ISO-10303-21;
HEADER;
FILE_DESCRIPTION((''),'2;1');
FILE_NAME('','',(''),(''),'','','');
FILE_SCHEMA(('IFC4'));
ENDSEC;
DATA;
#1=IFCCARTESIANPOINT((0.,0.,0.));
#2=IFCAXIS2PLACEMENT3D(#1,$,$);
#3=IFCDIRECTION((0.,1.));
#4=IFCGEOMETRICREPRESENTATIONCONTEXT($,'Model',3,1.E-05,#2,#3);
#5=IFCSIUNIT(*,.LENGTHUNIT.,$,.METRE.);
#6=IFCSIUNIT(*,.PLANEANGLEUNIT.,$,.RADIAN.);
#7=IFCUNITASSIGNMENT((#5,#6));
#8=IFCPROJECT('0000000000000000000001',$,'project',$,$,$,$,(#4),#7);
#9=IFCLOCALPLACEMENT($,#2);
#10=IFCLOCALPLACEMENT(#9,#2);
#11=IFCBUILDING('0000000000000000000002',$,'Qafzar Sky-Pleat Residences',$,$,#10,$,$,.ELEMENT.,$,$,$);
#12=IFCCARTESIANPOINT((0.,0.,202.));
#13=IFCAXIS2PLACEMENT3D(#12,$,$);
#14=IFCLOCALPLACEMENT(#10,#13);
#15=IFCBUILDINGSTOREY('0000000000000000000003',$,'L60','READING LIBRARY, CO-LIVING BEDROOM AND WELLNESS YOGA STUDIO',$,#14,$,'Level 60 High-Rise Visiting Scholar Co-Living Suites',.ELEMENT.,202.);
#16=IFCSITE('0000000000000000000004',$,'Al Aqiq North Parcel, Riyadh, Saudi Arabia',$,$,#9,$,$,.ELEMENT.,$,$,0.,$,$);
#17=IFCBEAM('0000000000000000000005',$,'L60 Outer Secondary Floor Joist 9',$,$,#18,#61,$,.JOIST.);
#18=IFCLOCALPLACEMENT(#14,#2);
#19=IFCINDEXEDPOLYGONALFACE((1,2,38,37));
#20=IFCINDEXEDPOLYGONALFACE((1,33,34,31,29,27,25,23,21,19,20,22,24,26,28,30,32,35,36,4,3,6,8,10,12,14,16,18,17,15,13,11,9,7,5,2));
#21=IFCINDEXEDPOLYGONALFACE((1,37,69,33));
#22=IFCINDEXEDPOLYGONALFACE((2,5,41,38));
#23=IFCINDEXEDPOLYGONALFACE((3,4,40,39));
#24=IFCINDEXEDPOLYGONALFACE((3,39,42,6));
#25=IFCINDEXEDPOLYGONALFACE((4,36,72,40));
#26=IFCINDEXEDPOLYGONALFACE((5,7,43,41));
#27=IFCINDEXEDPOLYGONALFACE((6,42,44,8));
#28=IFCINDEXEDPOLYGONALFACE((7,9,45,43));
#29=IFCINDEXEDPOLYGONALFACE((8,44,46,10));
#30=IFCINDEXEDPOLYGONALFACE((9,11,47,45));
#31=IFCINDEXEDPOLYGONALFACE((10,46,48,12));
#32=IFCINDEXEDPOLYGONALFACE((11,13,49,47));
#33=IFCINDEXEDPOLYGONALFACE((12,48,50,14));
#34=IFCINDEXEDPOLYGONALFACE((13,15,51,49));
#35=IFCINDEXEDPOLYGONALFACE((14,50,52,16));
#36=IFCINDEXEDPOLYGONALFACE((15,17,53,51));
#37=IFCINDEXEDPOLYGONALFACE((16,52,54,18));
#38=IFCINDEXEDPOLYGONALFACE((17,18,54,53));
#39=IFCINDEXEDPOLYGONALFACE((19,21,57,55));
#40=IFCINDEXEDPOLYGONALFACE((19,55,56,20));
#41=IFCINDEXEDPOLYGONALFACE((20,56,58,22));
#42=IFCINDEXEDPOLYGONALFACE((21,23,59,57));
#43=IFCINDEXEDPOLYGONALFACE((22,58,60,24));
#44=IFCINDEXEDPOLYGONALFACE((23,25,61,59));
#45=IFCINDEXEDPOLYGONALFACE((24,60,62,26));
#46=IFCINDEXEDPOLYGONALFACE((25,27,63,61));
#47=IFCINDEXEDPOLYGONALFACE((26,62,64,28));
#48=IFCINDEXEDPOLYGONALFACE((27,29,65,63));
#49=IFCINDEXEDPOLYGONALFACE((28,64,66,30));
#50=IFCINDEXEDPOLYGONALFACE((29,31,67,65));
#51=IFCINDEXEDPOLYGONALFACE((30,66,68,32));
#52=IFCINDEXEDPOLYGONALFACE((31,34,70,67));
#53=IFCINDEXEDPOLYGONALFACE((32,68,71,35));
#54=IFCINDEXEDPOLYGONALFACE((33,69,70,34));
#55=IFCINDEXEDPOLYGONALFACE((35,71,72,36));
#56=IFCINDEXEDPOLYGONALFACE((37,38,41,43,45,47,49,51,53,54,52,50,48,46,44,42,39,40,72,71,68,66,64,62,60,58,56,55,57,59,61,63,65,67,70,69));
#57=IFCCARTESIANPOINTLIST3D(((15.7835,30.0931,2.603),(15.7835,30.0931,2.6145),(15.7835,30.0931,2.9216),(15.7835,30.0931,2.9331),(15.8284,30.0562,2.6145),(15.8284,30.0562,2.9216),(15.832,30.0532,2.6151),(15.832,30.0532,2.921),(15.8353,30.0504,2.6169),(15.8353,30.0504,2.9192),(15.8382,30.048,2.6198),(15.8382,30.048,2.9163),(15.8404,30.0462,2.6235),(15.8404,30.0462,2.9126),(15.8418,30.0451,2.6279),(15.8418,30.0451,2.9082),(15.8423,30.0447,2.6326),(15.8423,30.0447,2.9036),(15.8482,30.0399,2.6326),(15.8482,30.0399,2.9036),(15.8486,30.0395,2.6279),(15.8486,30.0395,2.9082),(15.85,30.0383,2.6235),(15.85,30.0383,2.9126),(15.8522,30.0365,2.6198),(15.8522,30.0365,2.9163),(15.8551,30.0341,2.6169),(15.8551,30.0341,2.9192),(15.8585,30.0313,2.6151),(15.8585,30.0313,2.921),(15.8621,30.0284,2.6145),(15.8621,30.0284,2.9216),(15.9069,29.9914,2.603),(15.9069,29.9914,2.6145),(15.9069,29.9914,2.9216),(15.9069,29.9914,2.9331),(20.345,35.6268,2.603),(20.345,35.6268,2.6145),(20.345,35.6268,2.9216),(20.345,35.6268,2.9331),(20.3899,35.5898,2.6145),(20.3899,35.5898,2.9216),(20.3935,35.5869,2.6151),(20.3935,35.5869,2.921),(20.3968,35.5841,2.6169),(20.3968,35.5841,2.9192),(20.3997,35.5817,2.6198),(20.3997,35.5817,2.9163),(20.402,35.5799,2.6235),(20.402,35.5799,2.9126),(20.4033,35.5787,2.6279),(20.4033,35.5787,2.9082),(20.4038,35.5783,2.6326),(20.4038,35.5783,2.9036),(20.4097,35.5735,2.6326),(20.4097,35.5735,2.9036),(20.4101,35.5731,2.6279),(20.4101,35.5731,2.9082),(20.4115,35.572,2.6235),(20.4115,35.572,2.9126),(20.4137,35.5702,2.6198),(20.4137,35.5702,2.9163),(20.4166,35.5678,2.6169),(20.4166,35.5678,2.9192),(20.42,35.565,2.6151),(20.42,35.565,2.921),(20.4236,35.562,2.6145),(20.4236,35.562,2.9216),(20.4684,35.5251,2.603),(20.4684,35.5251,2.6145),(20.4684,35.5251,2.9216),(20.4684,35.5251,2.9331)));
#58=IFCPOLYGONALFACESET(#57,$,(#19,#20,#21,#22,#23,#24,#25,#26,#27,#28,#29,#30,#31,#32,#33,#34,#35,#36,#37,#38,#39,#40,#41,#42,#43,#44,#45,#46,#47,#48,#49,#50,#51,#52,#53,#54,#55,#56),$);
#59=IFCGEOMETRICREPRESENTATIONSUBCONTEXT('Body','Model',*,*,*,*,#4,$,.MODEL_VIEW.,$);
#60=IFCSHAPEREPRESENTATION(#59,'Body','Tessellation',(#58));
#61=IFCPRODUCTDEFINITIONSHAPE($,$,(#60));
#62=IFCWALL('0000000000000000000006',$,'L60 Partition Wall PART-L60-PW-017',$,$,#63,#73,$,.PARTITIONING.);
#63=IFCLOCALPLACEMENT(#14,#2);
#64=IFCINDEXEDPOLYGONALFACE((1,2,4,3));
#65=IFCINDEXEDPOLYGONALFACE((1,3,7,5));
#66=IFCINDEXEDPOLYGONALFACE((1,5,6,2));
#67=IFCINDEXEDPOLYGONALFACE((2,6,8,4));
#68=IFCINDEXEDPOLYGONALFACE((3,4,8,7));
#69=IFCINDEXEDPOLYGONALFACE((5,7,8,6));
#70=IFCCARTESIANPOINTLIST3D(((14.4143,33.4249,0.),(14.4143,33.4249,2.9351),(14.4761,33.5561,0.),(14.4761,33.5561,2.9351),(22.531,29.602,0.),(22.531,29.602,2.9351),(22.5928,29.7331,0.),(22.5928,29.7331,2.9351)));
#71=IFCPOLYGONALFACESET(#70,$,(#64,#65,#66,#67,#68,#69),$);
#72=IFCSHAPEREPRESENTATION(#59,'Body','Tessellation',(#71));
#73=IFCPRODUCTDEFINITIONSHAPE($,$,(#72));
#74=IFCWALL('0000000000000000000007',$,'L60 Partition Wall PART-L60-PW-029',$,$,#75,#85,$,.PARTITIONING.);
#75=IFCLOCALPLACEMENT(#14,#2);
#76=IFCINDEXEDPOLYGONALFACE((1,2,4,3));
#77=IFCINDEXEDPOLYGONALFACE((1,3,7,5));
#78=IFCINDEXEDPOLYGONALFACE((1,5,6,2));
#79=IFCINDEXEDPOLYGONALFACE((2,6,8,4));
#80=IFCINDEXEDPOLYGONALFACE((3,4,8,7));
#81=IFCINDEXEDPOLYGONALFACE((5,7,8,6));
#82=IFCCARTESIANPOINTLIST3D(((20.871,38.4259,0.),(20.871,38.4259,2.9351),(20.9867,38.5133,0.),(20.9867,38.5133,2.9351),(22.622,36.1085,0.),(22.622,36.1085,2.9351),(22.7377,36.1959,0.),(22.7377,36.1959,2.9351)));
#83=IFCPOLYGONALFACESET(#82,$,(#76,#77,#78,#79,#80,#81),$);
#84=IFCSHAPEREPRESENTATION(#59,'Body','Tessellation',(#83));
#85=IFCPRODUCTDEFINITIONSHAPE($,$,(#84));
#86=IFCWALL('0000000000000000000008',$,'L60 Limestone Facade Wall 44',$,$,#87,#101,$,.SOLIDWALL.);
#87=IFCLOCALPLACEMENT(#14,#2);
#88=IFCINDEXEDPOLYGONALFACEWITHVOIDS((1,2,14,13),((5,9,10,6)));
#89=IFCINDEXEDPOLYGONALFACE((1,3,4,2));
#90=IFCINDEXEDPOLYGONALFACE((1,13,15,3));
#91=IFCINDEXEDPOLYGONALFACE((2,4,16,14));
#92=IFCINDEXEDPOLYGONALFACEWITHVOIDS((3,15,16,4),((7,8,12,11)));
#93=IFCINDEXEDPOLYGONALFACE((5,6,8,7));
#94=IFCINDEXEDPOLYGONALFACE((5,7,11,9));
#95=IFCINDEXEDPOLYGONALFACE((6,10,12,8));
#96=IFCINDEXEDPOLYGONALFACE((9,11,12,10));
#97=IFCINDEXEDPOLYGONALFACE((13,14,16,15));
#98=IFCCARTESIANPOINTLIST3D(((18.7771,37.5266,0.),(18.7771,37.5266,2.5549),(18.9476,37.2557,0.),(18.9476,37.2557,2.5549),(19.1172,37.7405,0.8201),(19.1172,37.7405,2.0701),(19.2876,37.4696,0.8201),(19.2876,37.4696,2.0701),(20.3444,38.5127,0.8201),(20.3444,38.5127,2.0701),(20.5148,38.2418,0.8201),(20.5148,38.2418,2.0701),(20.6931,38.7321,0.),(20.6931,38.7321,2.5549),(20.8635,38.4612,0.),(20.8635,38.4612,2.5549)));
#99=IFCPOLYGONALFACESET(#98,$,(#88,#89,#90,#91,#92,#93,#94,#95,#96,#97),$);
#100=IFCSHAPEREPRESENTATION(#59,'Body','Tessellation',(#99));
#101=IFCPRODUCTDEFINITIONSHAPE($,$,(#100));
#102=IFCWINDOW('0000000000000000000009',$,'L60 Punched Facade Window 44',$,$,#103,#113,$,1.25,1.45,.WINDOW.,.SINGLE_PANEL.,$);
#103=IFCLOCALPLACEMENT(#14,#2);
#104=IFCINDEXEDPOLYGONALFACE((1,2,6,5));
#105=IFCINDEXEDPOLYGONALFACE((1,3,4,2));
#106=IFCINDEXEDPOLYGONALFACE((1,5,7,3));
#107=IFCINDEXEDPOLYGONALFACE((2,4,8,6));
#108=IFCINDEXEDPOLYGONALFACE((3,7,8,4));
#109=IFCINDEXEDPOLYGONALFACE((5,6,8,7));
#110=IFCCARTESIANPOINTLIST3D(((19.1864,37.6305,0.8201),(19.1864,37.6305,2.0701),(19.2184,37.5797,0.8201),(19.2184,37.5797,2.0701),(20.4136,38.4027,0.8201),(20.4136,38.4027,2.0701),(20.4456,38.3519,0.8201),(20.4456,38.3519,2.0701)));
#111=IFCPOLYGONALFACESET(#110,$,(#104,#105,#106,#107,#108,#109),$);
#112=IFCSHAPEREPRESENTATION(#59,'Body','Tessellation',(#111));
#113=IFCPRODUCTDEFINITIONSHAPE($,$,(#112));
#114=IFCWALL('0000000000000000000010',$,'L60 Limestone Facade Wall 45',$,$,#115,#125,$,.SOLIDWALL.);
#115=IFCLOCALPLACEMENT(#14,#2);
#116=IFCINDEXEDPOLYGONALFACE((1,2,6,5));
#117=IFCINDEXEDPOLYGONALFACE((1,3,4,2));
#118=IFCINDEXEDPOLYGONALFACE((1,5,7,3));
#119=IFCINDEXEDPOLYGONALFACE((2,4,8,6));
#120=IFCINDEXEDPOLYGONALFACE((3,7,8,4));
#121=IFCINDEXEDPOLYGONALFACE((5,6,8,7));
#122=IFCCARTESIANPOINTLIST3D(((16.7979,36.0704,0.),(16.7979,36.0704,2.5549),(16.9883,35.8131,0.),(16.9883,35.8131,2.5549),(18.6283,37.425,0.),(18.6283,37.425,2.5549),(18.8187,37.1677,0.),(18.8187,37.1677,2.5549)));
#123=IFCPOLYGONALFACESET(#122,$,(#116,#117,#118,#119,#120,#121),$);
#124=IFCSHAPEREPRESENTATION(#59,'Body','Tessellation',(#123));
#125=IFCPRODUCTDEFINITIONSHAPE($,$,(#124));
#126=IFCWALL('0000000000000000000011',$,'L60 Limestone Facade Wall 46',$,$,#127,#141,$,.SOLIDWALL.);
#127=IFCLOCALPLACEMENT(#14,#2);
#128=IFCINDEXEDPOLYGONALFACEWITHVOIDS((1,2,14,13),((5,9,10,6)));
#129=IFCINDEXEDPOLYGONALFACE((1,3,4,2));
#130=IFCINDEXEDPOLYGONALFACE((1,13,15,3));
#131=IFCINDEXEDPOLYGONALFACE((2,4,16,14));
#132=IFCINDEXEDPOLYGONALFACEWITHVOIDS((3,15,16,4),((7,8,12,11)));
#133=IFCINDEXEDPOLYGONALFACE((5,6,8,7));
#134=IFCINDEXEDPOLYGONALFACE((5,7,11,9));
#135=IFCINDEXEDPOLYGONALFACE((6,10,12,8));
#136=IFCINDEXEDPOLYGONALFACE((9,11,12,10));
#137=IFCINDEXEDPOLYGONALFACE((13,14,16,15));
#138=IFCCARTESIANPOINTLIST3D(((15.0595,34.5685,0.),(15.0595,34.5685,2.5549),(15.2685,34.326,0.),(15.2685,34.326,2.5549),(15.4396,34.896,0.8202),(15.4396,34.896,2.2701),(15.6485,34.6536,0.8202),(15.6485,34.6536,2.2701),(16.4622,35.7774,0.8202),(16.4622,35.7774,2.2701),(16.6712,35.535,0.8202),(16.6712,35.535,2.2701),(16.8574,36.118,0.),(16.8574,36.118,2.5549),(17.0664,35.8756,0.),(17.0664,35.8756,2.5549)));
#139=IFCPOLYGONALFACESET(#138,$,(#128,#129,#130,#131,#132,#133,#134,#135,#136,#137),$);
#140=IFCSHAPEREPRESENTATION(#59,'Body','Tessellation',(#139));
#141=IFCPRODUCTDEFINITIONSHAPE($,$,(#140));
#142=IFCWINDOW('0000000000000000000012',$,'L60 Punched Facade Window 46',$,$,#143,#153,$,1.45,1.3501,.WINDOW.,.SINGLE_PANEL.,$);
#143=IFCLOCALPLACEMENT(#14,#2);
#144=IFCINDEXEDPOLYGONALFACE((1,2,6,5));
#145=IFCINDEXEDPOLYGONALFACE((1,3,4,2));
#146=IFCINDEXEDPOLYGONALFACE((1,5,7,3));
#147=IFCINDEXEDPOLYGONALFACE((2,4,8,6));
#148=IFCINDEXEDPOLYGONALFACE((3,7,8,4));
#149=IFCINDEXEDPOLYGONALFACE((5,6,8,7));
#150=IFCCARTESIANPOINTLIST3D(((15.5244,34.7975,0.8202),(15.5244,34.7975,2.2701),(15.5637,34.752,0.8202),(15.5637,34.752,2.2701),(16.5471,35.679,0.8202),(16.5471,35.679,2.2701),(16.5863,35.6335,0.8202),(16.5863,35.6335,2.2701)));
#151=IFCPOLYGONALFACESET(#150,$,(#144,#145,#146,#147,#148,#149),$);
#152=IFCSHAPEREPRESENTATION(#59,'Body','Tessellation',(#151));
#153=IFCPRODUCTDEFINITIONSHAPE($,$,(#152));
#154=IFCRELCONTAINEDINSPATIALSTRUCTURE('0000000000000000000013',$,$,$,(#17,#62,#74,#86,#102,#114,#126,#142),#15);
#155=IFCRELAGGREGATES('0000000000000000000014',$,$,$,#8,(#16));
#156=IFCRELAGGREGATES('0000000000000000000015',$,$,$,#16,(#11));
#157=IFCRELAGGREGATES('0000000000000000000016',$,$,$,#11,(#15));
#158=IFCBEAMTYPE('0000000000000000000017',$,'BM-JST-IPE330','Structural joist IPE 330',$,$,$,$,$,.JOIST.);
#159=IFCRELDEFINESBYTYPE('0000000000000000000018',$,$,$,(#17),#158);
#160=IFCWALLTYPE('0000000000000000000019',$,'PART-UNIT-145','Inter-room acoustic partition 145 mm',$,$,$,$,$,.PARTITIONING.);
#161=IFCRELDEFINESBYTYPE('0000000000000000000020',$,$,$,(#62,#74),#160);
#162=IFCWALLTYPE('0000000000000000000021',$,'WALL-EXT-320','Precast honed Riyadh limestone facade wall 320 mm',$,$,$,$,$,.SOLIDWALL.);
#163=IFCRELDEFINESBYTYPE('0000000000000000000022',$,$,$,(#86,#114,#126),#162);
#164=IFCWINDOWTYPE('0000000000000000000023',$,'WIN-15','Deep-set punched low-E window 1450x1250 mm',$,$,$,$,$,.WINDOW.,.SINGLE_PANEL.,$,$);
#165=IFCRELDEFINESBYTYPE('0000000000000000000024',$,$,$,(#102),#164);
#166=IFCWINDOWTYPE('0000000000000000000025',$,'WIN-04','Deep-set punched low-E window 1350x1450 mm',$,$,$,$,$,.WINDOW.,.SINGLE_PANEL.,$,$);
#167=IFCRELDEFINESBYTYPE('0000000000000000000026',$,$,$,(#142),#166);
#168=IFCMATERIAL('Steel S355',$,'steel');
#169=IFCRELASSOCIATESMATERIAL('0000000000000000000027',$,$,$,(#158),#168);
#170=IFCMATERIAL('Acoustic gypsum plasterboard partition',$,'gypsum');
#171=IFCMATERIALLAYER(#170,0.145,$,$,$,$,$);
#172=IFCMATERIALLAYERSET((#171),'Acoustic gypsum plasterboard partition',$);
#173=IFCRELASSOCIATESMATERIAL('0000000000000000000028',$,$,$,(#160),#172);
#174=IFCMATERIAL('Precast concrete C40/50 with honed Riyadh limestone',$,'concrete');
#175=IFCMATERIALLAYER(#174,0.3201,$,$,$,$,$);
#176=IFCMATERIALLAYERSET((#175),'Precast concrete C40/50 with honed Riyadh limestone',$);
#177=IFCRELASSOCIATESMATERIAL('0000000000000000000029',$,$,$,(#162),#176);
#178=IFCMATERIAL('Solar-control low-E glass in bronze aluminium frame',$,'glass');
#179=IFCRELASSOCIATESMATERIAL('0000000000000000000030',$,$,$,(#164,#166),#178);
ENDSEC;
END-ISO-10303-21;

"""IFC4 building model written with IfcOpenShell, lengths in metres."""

from ifc_helpers import new_model, si_unit, direction, frame, frame_2d, origin, origin_2d, place, context, subcontext, project, spatial, rectangle, i_section, extrude, source, transform, mapped, material, layer, layer_set, material_profile, profile_set, type_object, element, fill, save


model = new_model("IFC4")

# Units and contexts
model_context = context("Model", 3, precision=1e-05, world=origin(), true_north=direction((0.0, 1.0)))
body_context = subcontext(model_context, "Body", "Model", "MODEL_VIEW")
ifc_project = project(units=[si_unit("LENGTHUNIT", "METRE"), si_unit("PLANEANGLEUNIT", "RADIAN")], contexts=[model_context])

# Site, building, storey
site_placement = place(None, origin())
site = spatial("IfcSite", under=ifc_project, at=site_placement, Name="Al Aqiq North Parcel, Riyadh, Saudi Arabia", CompositionType="ELEMENT", RefElevation=0.0)
building_placement = place(site_placement, origin())
building = spatial("IfcBuilding", under=site, at=building_placement, Name="Qafzar Sky-Pleat Residences", CompositionType="ELEMENT")
storey_placement = place(building_placement, frame((0.0, 0.0, 202.0)))
storey = spatial("IfcBuildingStorey", under=building, at=storey_placement, Name="L60", Description="READING LIBRARY, CO-LIVING BEDROOM AND WELLNESS YOGA STUDIO", LongName="Level 60 High-Rise Visiting Scholar Co-Living Suites", CompositionType="ELEMENT", Elevation=202.0)

# Shared definitions
ifc_material_1 = material(Name="Steel S355", Category="steel")

# Beam
ifc_material_profile_1 = material_profile(ifc_material_1, i_section(OverallWidth=0.1599, OverallDepth=0.3301, WebThickness=0.0076, FlangeThickness=0.0115, FilletRadius=0.0181, at=origin_2d()), Name="IPE 330")
ifc_profile_set_1 = profile_set([ifc_material_profile_1], Name="Steel S355")
beam_type_1 = type_object("IfcBeamType", Name="BM-JST-IPE330", Description="Structural joist IPE 330", PredefinedType="JOIST", material=ifc_profile_set_1)
shared_shape_1 = source(origin(), body_context, "Body", "SweptSolid", [
    extrude(i_section(OverallWidth=0.1599, OverallDepth=0.3301, WebThickness=0.0076, FlangeThickness=0.0115, FilletRadius=0.0181, at=origin_2d()), origin(), (0.0, 0.0, 1.0), 7.1714),
])
beam_1_placement = place(storey_placement, frame((20.4067, 35.5759, 2.7681), z_axis=(-0.63607, -0.771631, 0.0), x_axis=(0.771631, -0.63607, 0.0)))
element("IfcBeam", 1, at=beam_1_placement, inside=storey, type_object=beam_type_1, Name="L60 Outer Secondary Floor Joist 9", PredefinedType="JOIST", context=body_context, shape_type="MappedRepresentation", body=[
    mapped(shared_shape_1, transform((0.0, 0.0, 0.0), x_axis=(1.0, 0.0, 0.0), y_axis=(0.0, 1.0, 0.0), z_axis=(0.0, 0.0, 1.0), scale=1.0)),
])

# Walls
ifc_material_2 = material(Name="Acoustic gypsum plasterboard partition", Category="gypsum")
ifc_layer_1 = layer(ifc_material_2, 0.145)
ifc_layer_set_1 = layer_set([ifc_layer_1], Name="Acoustic gypsum plasterboard partition")
wall_type_1 = type_object("IfcWallType", Name="PART-UNIT-145", Description="Inter-room acoustic partition 145 mm", PredefinedType="PARTITIONING", material=ifc_layer_set_1)
wall_1_placement = place(storey_placement, frame((14.4453, 33.4905, 0.0), z_axis=(0.0, 0.0, 1.0), x_axis=(0.904674, -0.426105, 0.0)))
element("IfcWall", 2, at=wall_1_placement, inside=storey, type_object=wall_type_1, Name="L60 Partition Wall PART-L60-PW-017", PredefinedType="PARTITIONING", context=body_context, shape_type="SweptSolid", body=[
    extrude(rectangle(XDim=8.9719, YDim=0.145, at=frame_2d((4.4858, 0.0))), origin(), (0.0, 0.0, 1.0), 2.9351),
])
wall_2_placement = place(storey_placement, frame((20.929, 38.4695, 0.0), z_axis=(0.0, 0.0, 1.0), x_axis=(0.602847, -0.797857, 0.0)))
element("IfcWall", 3, at=wall_2_placement, inside=storey, type_object=wall_type_1, Name="L60 Partition Wall PART-L60-PW-029", PredefinedType="PARTITIONING", context=body_context, shape_type="SweptSolid", body=[
    extrude(rectangle(XDim=2.9045, YDim=0.145, at=frame_2d((1.4521, 0.0))), origin(), (0.0, 0.0, 1.0), 2.9351),
])

# Wall, opening, window
ifc_material_3 = material(Name="Precast concrete C40/50 with honed Riyadh limestone", Category="concrete")
ifc_layer_2 = layer(ifc_material_3, 0.3201)
ifc_layer_set_2 = layer_set([ifc_layer_2], Name="Precast concrete C40/50 with honed Riyadh limestone")
wall_type_2 = type_object("IfcWallType", Name="WALL-EXT-320", Description="Precast honed Riyadh limestone facade wall 320 mm", PredefinedType="SOLIDWALL", material=ifc_layer_set_2)
wall_3_placement = place(storey_placement, frame((20.7783, 38.5967, 0.0), z_axis=(0.0, 0.0, 1.0), x_axis=(-0.846395, -0.532556, 0.0)))
wall_3 = element("IfcWall", 4, at=wall_3_placement, inside=storey, type_object=wall_type_2, Name="L60 Limestone Facade Wall 44", PredefinedType="SOLIDWALL", context=body_context, shape_type="SweptSolid", body=[
    extrude(rectangle(XDim=2.2637, YDim=0.3201, at=frame_2d((1.1318, 0.0))), origin(), (0.0, 0.0, 1.0), 2.5549),
])
opening_1_placement = place(wall_3_placement, frame((0.4119, 0.0, 0.8201)))
opening_1 = element("IfcOpeningElement", 5, at=opening_1_placement, cuts=wall_3, PredefinedType="OPENING", context=body_context, shape_type="SweptSolid", body=[
    extrude(rectangle(XDim=1.45, YDim=1.25, at=frame_2d((0.7251, 0.625))), frame((0.0, 0.1699, 0.0), z_axis=(0.0, -1.0, 0.0), x_axis=(1.0, 0.0, 0.0)), (0.0, 0.0, 1.0), 0.3401),
])
ifc_material_4 = material(Name="Solar-control low-E glass in bronze aluminium frame", Category="glass")
window_type_1 = type_object("IfcWindowType", Name="WIN-15", Description="Deep-set punched low-E window 1450x1250 mm", PartitioningType="SINGLE_PANEL", PredefinedType="WINDOW", material=ifc_material_4)
shared_shape_2 = source(origin(), body_context, "Body", "SweptSolid", [
    extrude(rectangle(XDim=1.45, YDim=1.25, at=frame_2d((0.7251, 0.625))), frame((0.0, 0.03, 0.0), z_axis=(0.0, -1.0, 0.0), x_axis=(1.0, 0.0, 0.0)), (0.0, 0.0, 1.0), 0.0601),
])
window_1_placement = place(opening_1_placement, origin())
window_1 = element("IfcWindow", 6, at=window_1_placement, inside=storey, type_object=window_type_1, Name="L60 Punched Facade Window 44", OverallHeight=1.25, OverallWidth=1.45, PartitioningType="SINGLE_PANEL", PredefinedType="WINDOW", context=body_context, shape_type="MappedRepresentation", body=[
    mapped(shared_shape_2, transform((0.0, 0.0, 0.0), x_axis=(1.0, 0.0, 0.0), y_axis=(0.0, 1.0, 0.0), z_axis=(0.0, 0.0, 1.0), scale=1.0)),
])
fill(opening_1, window_1)

# Wall
wall_4_placement = place(storey_placement, frame((18.7236, 37.2964, 0.0), z_axis=(0.0, 0.0, 1.0), x_axis=(-0.803831, -0.594858, 0.0)))
element("IfcWall", 7, at=wall_4_placement, inside=storey, type_object=wall_type_2, Name="L60 Limestone Facade Wall 45", PredefinedType="SOLIDWALL", context=body_context, shape_type="SweptSolid", body=[
    extrude(rectangle(XDim=2.2771, YDim=0.3201, at=frame_2d((1.1387, 0.0))), origin(), (0.0, 0.0, 1.0), 2.5549),
])

# Wall, opening, window
wall_5_placement = place(storey_placement, frame((16.9619, 35.9968, 0.0), z_axis=(0.0, 0.0, 1.0), x_axis=(-0.757475, -0.652864, 0.0)))
wall_5 = element("IfcWall", 8, at=wall_5_placement, inside=storey, type_object=wall_type_2, Name="L60 Limestone Facade Wall 46", PredefinedType="SOLIDWALL", context=body_context, shape_type="SweptSolid", body=[
    extrude(rectangle(XDim=2.3735, YDim=0.3201, at=frame_2d((1.1868, 0.0))), origin(), (0.0, 0.0, 1.0), 2.5549),
])
opening_2_placement = place(wall_5_placement, frame((0.5217, 0.0, 0.8201)))
opening_2 = element("IfcOpeningElement", 9, at=opening_2_placement, cuts=wall_5, PredefinedType="OPENING", context=body_context, shape_type="SweptSolid", body=[
    extrude(rectangle(XDim=1.3501, YDim=1.45, at=frame_2d((0.675, 0.7251))), frame((0.0, 0.1699, 0.0), z_axis=(0.0, -1.0, 0.0), x_axis=(1.0, 0.0, 0.0)), (0.0, 0.0, 1.0), 0.3401),
])
window_type_2 = type_object("IfcWindowType", Name="WIN-04", Description="Deep-set punched low-E window 1350x1450 mm", PartitioningType="SINGLE_PANEL", PredefinedType="WINDOW", material=ifc_material_4)
shared_shape_3 = source(origin(), body_context, "Body", "SweptSolid", [
    extrude(rectangle(XDim=1.3501, YDim=1.45, at=frame_2d((0.675, 0.7251))), frame((0.0, 0.03, 0.0), z_axis=(0.0, -1.0, 0.0), x_axis=(1.0, 0.0, 0.0)), (0.0, 0.0, 1.0), 0.0601),
])
window_2_placement = place(opening_2_placement, origin())
window_2 = element("IfcWindow", 10, at=window_2_placement, inside=storey, type_object=window_type_2, Name="L60 Punched Facade Window 46", OverallHeight=1.45, OverallWidth=1.3501, PartitioningType="SINGLE_PANEL", PredefinedType="WINDOW", context=body_context, shape_type="MappedRepresentation", body=[
    mapped(shared_shape_3, transform((0.0, 0.0, 0.0), x_axis=(1.0, 0.0, 0.0), y_axis=(0.0, 1.0, 0.0), z_axis=(0.0, 0.0, 1.0), scale=1.0)),
])
fill(opening_2, window_2)

save(model, "model.ifc")
